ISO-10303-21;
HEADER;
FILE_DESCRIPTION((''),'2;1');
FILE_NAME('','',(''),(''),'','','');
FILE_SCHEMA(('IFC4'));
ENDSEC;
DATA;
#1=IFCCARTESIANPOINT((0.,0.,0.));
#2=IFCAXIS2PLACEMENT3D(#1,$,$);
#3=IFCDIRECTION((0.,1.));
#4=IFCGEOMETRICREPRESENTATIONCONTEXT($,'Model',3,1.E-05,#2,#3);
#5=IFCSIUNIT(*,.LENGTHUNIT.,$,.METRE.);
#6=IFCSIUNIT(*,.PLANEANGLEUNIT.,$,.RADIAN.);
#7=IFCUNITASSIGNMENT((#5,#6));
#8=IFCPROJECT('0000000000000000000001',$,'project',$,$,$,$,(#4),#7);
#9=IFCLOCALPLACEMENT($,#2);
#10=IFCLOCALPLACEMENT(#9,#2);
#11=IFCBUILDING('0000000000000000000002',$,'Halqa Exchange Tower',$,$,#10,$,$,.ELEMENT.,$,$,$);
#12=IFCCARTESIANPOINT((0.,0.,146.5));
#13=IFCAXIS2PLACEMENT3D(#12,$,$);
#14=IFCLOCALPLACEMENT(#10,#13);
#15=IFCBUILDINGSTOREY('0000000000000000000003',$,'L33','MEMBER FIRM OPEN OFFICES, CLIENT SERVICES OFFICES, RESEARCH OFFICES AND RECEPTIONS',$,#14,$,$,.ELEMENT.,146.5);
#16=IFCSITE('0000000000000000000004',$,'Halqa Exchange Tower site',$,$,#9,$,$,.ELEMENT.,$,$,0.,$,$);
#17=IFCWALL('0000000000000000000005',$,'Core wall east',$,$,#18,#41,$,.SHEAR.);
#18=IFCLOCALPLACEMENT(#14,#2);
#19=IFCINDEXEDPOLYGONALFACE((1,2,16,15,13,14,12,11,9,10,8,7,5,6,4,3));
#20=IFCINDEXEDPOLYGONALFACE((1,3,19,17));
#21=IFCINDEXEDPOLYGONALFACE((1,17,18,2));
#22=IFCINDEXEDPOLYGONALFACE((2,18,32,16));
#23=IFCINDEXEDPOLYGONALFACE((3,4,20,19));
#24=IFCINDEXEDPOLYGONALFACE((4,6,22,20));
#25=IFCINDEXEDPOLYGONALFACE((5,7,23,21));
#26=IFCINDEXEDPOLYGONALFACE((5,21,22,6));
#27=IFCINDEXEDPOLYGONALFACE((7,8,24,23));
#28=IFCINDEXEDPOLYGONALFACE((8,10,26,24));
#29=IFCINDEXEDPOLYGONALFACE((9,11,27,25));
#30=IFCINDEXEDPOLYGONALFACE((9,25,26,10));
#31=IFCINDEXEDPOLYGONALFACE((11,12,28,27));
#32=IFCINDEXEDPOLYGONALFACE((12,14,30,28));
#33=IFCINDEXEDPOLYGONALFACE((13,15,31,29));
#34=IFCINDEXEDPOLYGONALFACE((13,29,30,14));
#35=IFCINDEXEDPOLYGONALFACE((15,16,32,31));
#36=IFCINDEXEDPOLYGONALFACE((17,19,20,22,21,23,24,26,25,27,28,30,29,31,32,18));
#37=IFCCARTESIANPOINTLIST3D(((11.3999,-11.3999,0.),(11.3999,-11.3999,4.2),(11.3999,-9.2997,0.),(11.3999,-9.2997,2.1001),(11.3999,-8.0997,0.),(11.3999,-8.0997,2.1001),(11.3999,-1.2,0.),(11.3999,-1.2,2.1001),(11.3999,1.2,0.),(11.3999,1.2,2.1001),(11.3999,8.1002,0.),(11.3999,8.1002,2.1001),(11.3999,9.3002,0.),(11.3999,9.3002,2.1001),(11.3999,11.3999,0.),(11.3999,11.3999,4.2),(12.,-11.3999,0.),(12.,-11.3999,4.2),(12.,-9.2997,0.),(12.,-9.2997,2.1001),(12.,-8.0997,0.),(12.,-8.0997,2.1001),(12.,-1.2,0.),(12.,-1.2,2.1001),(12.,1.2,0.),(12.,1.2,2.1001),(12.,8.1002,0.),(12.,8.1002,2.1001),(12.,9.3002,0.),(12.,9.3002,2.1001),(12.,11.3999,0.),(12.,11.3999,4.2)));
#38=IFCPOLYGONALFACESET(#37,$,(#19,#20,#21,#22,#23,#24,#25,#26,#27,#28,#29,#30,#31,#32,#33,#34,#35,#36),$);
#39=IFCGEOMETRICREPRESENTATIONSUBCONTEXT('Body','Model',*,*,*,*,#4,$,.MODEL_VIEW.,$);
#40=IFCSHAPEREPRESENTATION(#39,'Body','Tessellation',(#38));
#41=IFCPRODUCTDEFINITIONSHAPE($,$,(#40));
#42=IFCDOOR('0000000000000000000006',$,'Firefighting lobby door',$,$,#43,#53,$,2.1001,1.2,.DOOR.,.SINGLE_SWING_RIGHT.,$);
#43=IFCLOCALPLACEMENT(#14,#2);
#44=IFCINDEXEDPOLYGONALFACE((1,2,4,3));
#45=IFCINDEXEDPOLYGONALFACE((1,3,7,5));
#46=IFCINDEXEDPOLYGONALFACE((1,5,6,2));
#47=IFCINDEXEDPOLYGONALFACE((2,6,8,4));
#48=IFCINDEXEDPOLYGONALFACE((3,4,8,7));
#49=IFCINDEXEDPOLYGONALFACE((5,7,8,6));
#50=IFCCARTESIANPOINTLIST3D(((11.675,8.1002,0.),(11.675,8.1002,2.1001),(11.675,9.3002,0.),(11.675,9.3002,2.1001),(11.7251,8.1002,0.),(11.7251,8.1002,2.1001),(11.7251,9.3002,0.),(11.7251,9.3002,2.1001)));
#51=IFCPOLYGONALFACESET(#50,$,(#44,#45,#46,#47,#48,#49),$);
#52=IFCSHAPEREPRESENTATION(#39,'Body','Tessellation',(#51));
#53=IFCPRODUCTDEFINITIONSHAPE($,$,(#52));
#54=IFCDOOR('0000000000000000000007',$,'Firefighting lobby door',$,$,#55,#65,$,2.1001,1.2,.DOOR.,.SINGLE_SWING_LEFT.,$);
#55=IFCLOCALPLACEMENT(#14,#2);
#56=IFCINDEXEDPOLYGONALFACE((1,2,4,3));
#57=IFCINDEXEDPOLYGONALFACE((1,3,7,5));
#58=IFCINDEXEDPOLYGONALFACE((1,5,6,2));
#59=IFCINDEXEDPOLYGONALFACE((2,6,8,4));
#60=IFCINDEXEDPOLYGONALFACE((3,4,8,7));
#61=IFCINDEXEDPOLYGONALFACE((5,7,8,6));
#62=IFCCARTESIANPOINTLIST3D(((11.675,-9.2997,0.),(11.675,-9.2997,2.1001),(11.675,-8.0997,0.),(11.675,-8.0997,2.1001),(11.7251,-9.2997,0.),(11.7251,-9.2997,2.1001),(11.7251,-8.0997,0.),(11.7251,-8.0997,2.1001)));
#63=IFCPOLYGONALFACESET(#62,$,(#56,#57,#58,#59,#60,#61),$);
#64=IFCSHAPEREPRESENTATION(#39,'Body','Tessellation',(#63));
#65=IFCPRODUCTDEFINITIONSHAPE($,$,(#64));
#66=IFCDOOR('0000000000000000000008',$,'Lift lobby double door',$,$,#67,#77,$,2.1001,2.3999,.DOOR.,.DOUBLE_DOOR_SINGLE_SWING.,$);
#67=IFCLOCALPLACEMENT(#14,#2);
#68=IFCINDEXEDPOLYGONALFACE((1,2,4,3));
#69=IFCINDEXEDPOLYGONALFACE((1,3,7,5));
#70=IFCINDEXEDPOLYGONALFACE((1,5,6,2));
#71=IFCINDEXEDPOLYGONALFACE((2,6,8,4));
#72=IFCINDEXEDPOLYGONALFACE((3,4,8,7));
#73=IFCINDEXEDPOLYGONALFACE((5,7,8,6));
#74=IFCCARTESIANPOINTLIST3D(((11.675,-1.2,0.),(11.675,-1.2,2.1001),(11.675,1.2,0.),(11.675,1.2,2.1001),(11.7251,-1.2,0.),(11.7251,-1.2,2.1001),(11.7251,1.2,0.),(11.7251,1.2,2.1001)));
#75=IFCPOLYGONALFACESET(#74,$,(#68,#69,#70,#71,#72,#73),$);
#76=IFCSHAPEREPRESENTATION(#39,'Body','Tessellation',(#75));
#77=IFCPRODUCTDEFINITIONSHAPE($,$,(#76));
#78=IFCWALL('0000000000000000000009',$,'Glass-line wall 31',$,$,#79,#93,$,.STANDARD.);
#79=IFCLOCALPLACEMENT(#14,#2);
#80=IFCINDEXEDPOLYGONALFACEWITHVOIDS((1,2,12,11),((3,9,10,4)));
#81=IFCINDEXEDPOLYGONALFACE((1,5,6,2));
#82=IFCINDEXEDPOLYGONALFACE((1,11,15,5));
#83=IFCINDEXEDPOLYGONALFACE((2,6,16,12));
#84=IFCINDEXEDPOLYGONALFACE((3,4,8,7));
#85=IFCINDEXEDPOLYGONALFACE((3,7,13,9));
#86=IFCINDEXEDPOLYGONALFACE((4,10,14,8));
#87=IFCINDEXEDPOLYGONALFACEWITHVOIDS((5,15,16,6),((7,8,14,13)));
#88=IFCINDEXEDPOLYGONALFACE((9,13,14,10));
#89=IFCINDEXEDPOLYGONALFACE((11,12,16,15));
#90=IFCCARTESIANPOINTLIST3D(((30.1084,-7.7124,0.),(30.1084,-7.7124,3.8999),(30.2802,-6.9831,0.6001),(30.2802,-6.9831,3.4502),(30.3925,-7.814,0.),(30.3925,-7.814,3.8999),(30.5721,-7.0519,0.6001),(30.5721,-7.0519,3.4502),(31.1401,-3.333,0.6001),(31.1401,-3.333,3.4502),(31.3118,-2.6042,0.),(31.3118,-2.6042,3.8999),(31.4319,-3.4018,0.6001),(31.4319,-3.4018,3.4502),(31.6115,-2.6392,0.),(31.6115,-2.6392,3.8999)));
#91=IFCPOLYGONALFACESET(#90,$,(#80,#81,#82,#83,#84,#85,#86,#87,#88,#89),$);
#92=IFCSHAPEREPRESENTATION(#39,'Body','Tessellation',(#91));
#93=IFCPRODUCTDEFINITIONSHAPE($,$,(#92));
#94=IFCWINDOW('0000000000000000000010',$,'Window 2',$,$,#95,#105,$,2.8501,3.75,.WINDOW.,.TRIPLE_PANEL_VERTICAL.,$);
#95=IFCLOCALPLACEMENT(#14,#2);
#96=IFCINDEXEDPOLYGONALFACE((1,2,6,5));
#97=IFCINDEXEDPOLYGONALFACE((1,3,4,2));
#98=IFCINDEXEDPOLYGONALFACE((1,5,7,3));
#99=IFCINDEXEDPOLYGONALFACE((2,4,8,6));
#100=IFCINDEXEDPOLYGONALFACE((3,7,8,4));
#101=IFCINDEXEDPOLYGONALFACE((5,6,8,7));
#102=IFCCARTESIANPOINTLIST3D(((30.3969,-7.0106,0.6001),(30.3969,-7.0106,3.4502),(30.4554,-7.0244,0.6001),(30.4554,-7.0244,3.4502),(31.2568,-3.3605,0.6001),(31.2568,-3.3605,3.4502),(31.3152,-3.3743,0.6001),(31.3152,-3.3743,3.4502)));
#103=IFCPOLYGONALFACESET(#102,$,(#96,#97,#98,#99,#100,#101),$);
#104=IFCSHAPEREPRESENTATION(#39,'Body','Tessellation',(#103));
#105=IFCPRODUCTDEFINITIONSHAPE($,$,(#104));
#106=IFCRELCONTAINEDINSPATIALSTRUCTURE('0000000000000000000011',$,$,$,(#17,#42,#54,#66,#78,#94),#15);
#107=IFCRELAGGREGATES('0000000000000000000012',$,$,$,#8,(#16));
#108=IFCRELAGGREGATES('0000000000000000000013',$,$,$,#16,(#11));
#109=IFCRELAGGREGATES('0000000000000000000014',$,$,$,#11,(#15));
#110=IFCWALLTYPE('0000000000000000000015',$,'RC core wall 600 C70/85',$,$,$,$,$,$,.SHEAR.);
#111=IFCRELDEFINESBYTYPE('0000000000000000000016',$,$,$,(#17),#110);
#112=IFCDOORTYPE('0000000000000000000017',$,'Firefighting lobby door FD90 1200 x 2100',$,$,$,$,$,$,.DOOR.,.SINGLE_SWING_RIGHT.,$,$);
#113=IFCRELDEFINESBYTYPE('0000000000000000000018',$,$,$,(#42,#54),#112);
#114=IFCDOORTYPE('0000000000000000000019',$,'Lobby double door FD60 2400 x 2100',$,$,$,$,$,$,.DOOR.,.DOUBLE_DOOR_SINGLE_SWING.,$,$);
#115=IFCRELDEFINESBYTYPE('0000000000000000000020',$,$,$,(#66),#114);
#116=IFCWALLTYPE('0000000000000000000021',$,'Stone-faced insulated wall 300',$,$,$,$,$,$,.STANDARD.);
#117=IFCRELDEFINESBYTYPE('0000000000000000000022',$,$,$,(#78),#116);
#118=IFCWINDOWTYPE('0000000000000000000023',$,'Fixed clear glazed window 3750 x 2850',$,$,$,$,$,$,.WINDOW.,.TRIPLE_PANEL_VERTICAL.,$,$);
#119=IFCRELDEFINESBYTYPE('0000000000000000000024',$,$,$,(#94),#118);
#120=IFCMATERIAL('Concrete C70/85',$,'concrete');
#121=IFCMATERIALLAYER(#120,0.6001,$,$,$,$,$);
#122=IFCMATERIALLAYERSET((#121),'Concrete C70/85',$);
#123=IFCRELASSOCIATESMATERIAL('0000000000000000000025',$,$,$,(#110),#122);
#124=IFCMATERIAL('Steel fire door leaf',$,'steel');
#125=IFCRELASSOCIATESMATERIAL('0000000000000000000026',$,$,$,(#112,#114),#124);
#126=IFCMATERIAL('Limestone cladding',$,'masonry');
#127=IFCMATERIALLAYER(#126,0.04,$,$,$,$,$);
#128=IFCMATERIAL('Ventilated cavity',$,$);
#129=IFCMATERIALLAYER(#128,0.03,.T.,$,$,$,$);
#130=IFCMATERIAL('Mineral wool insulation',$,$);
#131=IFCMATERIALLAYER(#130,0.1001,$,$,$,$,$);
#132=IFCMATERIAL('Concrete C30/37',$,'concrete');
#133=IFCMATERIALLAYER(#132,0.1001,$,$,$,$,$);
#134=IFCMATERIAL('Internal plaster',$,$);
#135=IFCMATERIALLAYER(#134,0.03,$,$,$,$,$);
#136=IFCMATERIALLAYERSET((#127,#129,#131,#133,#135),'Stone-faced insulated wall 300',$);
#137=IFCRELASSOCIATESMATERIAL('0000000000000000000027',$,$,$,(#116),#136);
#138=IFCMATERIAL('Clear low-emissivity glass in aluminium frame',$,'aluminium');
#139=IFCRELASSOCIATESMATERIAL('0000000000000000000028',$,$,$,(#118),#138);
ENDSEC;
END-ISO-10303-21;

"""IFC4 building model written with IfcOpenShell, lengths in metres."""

from ifc_helpers import new_model, si_unit, direction, frame, frame_2d, origin, place, context, subcontext, project, spatial, polyline, rectangle, outline, extrude, material, layer, layer_set, type_object, element, fill, save


model = new_model("IFC4")

# Units and contexts
model_context = context("Model", 3, precision=1e-05, world=origin(), true_north=direction((0.0, 1.0)))
body_context = subcontext(model_context, "Body", "Model", "MODEL_VIEW")
ifc_project = project(units=[si_unit("LENGTHUNIT", "METRE"), si_unit("PLANEANGLEUNIT", "RADIAN")], contexts=[model_context])

# Site, building, storey
site_placement = place(None, origin())
site = spatial("IfcSite", under=ifc_project, at=site_placement, Name="Halqa Exchange Tower site", CompositionType="ELEMENT", RefElevation=0.0)
building_placement = place(site_placement, origin())
building = spatial("IfcBuilding", under=site, at=building_placement, Name="Halqa Exchange Tower", CompositionType="ELEMENT")
storey_placement = place(building_placement, frame((0.0, 0.0, 146.5)))
storey = spatial("IfcBuildingStorey", under=building, at=storey_placement, Name="L33", Description="MEMBER FIRM OPEN OFFICES, CLIENT SERVICES OFFICES, RESEARCH OFFICES AND RECEPTIONS", CompositionType="ELEMENT", Elevation=146.5)

# Shared definitions
ifc_material_1 = material(Name="Concrete C70/85", Category="concrete")

# Wall, openings, doors
ifc_layer_1 = layer(ifc_material_1, 0.6001)
ifc_layer_set_1 = layer_set([ifc_layer_1], Name="Concrete C70/85")
wall_type_1 = type_object("IfcWallType", Name="RC core wall 600 C70/85", PredefinedType="SHEAR", material=ifc_layer_set_1)
wall_1_placement = place(storey_placement, frame((11.7, -11.3999, 0.0), z_axis=(0.0, 0.0, 1.0), x_axis=(0.0, 1.0, 0.0)))
wall_1 = element("IfcWall", 1, at=wall_1_placement, inside=storey, type_object=wall_type_1, Name="Core wall east", PredefinedType="SHEAR", context=body_context, shape_type="SweptSolid", body=[
    extrude(rectangle(XDim=22.7998, YDim=0.6001, at=frame_2d((11.3999, 0.0))), origin(), (0.0, 0.0, 1.0), 4.2),
])
opening_1_placement = place(wall_1_placement, frame((10.2, 0.0, 0.0)))
opening_1 = element("IfcOpeningElement", 2, at=opening_1_placement, cuts=wall_1, PredefinedType="OPENING", context=body_context, shape_type="SweptSolid", body=[
    extrude(rectangle(XDim=2.3999, YDim=2.1001, at=frame_2d((1.2, 1.05))), frame((0.0, 0.312, 0.0), z_axis=(0.0, -1.0, 0.0), x_axis=(1.0, 0.0, 0.0)), (0.0, 0.0, 1.0), 0.624),
])
opening_2_placement = place(wall_1_placement, frame((19.5, 0.0, 0.0)))
opening_2 = element("IfcOpeningElement", 3, at=opening_2_placement, cuts=wall_1, PredefinedType="OPENING", context=body_context, shape_type="SweptSolid", body=[
    extrude(rectangle(XDim=1.2, YDim=2.1001, at=frame_2d((0.6001, 1.05))), frame((0.0, 0.312, 0.0), z_axis=(0.0, -1.0, 0.0), x_axis=(1.0, 0.0, 0.0)), (0.0, 0.0, 1.0), 0.624),
])
opening_3_placement = place(wall_1_placement, frame((2.1001, 0.0, 0.0)))
opening_3 = element("IfcOpeningElement", 4, at=opening_3_placement, cuts=wall_1, PredefinedType="OPENING", context=body_context, shape_type="SweptSolid", body=[
    extrude(rectangle(XDim=1.2, YDim=2.1001, at=frame_2d((0.6001, 1.05))), frame((0.0, 0.312, 0.0), z_axis=(0.0, -1.0, 0.0), x_axis=(1.0, 0.0, 0.0)), (0.0, 0.0, 1.0), 0.624),
])
ifc_material_2 = material(Name="Steel fire door leaf", Category="steel")
door_type_1 = type_object("IfcDoorType", Name="Firefighting lobby door FD90 1200 x 2100", OperationType="SINGLE_SWING_RIGHT", PredefinedType="DOOR", material=ifc_material_2)
door_1_placement = place(opening_2_placement, origin())
door_1 = element("IfcDoor", 5, at=door_1_placement, inside=storey, type_object=door_type_1, Name="Firefighting lobby door", OperationType="SINGLE_SWING_RIGHT", OverallHeight=2.1001, OverallWidth=1.2, PredefinedType="DOOR", context=body_context, shape_type="SweptSolid", body=[
    extrude(rectangle(XDim=1.2, YDim=2.1001, at=frame_2d((0.6001, 1.05))), frame((0.0, 0.0249, 0.0), z_axis=(0.0, -1.0, 0.0), x_axis=(1.0, 0.0, 0.0)), (0.0, 0.0, 1.0), 0.05),
])
fill(opening_2, door_1)
door_2_placement = place(opening_3_placement, origin())
door_2 = element("IfcDoor", 6, at=door_2_placement, inside=storey, type_object=door_type_1, Name="Firefighting lobby door", OperationType="SINGLE_SWING_LEFT", OverallHeight=2.1001, OverallWidth=1.2, PredefinedType="DOOR", context=body_context, shape_type="SweptSolid", body=[
    extrude(rectangle(XDim=1.2, YDim=2.1001, at=frame_2d((0.6001, 1.05))), frame((0.0, 0.0249, 0.0), z_axis=(0.0, -1.0, 0.0), x_axis=(1.0, 0.0, 0.0)), (0.0, 0.0, 1.0), 0.05),
])
fill(opening_3, door_2)
door_type_2 = type_object("IfcDoorType", Name="Lobby double door FD60 2400 x 2100", OperationType="DOUBLE_DOOR_SINGLE_SWING", PredefinedType="DOOR", material=ifc_material_2)
door_3_placement = place(opening_1_placement, origin())
door_3 = element("IfcDoor", 7, at=door_3_placement, inside=storey, type_object=door_type_2, Name="Lift lobby double door", OperationType="DOUBLE_DOOR_SINGLE_SWING", OverallHeight=2.1001, OverallWidth=2.3999, PredefinedType="DOOR", context=body_context, shape_type="SweptSolid", body=[
    extrude(rectangle(XDim=2.3999, YDim=2.1001, at=frame_2d((1.2, 1.05))), frame((0.0, 0.0249, 0.0), z_axis=(0.0, -1.0, 0.0), x_axis=(1.0, 0.0, 0.0)), (0.0, 0.0, 1.0), 0.05),
])
fill(opening_1, door_3)

# Wall, opening, window
ifc_material_3 = material(Name="Limestone cladding", Category="masonry")
ifc_layer_2 = layer(ifc_material_3, 0.04)
ifc_material_4 = material(Name="Ventilated cavity")
ifc_layer_3 = layer(ifc_material_4, 0.03, ventilated=True)
ifc_material_5 = material(Name="Mineral wool insulation")
ifc_layer_4 = layer(ifc_material_5, 0.1001)
ifc_material_6 = material(Name="Concrete C30/37", Category="concrete")
ifc_layer_5 = layer(ifc_material_6, 0.1001)
ifc_material_7 = material(Name="Internal plaster")
ifc_layer_6 = layer(ifc_material_7, 0.03)
ifc_layer_set_2 = layer_set([ifc_layer_2, ifc_layer_3, ifc_layer_4, ifc_layer_5, ifc_layer_6], Name="Stone-faced insulated wall 300")
wall_type_2 = type_object("IfcWallType", Name="Stone-faced insulated wall 300", PredefinedType="STANDARD", material=ifc_layer_set_2)
wall_2_placement = place(storey_placement, frame((30.2505, -7.7632, 0.0), z_axis=(0.0, 0.0, 1.0), x_axis=(0.229289, 0.973358, 0.0)))
wall_2 = element("IfcWall", 8, at=wall_2_placement, inside=storey, type_object=wall_type_2, Name="Glass-line wall 31", PredefinedType="STANDARD", context=body_context, shape_type="SweptSolid", body=[
    extrude(outline(polyline([(-0.0168, -0.1499), (5.2996, -0.1499), (5.2649, 0.1499), (0.0168, 0.1499), (-0.0168, -0.1499)])), origin(), (0.0, 0.0, 1.0), 3.8999),
])
opening_4_placement = place(wall_2_placement, frame((0.7661, 0.0, 0.6001)))
opening_4 = element("IfcOpeningElement", 9, at=opening_4_placement, cuts=wall_2, PredefinedType="OPENING", context=body_context, shape_type="SweptSolid", body=[
    extrude(rectangle(XDim=3.75, YDim=2.8501, at=frame_2d((1.875, 1.425))), frame((0.0, 0.1621, 0.0), z_axis=(0.0, -1.0, 0.0), x_axis=(1.0, 0.0, 0.0)), (0.0, 0.0, 1.0), 0.324),
])
ifc_material_8 = material(Name="Clear low-emissivity glass in aluminium frame", Category="aluminium")
window_type = type_object("IfcWindowType", Name="Fixed clear glazed window 3750 x 2850", PartitioningType="TRIPLE_PANEL_VERTICAL", PredefinedType="WINDOW", material=ifc_material_8)
window_placement = place(opening_4_placement, origin())
window = element("IfcWindow", 10, at=window_placement, inside=storey, type_object=window_type, Name="Window 2", OverallHeight=2.8501, OverallWidth=3.75, PartitioningType="TRIPLE_PANEL_VERTICAL", PredefinedType="WINDOW", context=body_context, shape_type="SweptSolid", body=[
    extrude(rectangle(XDim=3.75, YDim=2.8501, at=frame_2d((1.875, 1.425))), frame((0.0, 0.03, 0.0), z_axis=(0.0, -1.0, 0.0), x_axis=(1.0, 0.0, 0.0)), (0.0, 0.0, 1.0), 0.0601),
])
fill(opening_4, window)

save(model, "model.ifc")
